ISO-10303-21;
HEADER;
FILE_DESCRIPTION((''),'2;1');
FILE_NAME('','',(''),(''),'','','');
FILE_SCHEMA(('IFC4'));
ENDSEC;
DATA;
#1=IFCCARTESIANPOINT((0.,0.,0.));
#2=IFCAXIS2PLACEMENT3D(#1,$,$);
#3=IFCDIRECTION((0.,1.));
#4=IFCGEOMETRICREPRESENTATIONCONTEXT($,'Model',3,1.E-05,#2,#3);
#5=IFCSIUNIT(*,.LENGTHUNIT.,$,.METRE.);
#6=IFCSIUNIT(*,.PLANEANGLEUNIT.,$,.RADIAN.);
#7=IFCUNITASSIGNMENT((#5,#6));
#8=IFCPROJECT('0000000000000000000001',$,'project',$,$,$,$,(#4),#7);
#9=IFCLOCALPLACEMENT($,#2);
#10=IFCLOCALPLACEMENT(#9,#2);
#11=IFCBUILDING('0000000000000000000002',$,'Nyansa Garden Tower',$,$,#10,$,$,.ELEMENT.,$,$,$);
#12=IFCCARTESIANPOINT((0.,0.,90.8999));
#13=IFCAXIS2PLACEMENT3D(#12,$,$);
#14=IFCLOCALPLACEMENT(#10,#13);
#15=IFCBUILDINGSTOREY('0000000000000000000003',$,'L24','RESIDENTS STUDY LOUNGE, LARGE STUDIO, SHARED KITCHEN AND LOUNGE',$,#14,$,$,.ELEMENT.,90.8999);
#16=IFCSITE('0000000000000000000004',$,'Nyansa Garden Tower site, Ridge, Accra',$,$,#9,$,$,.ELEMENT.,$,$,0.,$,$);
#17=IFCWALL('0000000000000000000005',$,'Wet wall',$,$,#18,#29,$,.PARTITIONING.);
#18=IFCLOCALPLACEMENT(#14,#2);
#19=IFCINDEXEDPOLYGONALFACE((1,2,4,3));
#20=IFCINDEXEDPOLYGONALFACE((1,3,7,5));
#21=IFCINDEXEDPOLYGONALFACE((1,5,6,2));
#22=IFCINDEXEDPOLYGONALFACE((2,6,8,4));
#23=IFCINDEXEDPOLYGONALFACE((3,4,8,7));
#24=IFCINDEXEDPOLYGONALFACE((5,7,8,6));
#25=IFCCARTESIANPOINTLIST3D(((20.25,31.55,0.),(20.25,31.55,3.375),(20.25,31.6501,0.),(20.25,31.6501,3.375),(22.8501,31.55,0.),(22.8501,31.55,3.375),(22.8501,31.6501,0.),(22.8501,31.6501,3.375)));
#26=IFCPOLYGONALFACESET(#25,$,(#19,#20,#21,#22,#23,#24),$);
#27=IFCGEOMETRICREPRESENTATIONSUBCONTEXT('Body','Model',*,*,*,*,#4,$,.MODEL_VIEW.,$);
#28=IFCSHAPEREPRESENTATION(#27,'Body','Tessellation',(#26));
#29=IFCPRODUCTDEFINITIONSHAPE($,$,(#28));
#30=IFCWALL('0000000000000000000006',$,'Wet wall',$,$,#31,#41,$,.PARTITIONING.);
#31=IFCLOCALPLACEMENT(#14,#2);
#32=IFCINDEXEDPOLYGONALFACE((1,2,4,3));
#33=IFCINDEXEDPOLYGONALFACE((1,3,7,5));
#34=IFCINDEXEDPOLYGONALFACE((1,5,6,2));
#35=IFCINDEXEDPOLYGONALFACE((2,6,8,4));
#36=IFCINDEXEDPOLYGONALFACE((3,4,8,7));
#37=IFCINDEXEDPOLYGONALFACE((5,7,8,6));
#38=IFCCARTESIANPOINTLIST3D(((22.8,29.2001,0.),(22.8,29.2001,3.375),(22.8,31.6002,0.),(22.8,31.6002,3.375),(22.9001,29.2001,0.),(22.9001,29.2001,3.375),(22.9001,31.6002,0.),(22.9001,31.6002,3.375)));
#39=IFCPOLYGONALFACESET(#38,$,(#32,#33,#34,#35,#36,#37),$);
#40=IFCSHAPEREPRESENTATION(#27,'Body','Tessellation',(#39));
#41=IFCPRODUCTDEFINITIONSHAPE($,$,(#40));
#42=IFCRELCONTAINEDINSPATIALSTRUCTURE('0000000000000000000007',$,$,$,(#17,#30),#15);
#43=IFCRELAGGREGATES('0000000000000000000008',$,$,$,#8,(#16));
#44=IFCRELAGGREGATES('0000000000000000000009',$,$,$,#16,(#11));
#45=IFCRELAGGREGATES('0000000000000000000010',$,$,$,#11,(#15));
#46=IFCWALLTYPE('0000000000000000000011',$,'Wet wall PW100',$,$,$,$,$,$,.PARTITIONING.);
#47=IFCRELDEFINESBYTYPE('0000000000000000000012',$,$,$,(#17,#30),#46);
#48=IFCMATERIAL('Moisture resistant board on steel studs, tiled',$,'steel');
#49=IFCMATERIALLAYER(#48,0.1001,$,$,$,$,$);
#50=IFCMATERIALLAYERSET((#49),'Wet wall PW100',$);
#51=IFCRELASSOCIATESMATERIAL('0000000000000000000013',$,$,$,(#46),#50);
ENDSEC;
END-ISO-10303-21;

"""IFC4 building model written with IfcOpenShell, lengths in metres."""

from ifc_helpers import new_model, si_unit, direction, frame, frame_2d, origin, place, context, subcontext, project, spatial, rectangle, extrude, material, layer, layer_set, type_object, element, save


model = new_model("IFC4")

# Units and contexts
model_context = context("Model", 3, precision=1e-05, world=origin(), true_north=direction((0.0, 1.0)))
body_context = subcontext(model_context, "Body", "Model", "MODEL_VIEW")
ifc_project = project(units=[si_unit("LENGTHUNIT", "METRE"), si_unit("PLANEANGLEUNIT", "RADIAN")], contexts=[model_context])

# Site, building, storey
site_placement = place(None, origin())
site = spatial("IfcSite", under=ifc_project, at=site_placement, Name="Nyansa Garden Tower site, Ridge, Accra", CompositionType="ELEMENT", RefElevation=0.0)
building_placement = place(site_placement, origin())
building = spatial("IfcBuilding", under=site, at=building_placement, Name="Nyansa Garden Tower", CompositionType="ELEMENT")
storey_placement = place(building_placement, frame((0.0, 0.0, 90.8999)))
storey = spatial("IfcBuildingStorey", under=building, at=storey_placement, Name="L24", Description="RESIDENTS STUDY LOUNGE, LARGE STUDIO, SHARED KITCHEN AND LOUNGE", CompositionType="ELEMENT", Elevation=90.8999)

# Walls
ifc_material_1 = material(Name="Moisture resistant board on steel studs, tiled", Category="steel")
ifc_layer_1 = layer(ifc_material_1, 0.1001)
ifc_layer_set_1 = layer_set([ifc_layer_1], Name="Wet wall PW100")
wall_type_1 = type_object("IfcWallType", Name="Wet wall PW100", PredefinedType="PARTITIONING", material=ifc_layer_set_1)
wall_1_placement = place(storey_placement, frame((20.25, 31.6001, 0.0), z_axis=(0.0, 0.0, 1.0), x_axis=(1.0, 0.0, 0.0)))
element("IfcWall", 1, at=wall_1_placement, inside=storey, type_object=wall_type_1, Name="Wet wall", PredefinedType="PARTITIONING", context=body_context, shape_type="SweptSolid", body=[
    extrude(rectangle(XDim=2.6001, YDim=0.1001, at=frame_2d((1.3, 0.0))), origin(), (0.0, 0.0, 1.0), 3.375),
])
wall_2_placement = place(storey_placement, frame((22.8501, 29.2, 0.0), z_axis=(0.0, 0.0, 1.0), x_axis=(0.0, 1.0, 0.0)))
element("IfcWall", 2, at=wall_2_placement, inside=storey, type_object=wall_type_1, Name="Wet wall", PredefinedType="PARTITIONING", context=body_context, shape_type="SweptSolid", body=[
    extrude(rectangle(XDim=2.4001, YDim=0.1001, at=frame_2d((1.2002, 0.0))), origin(), (0.0, 0.0, 1.0), 3.375),
])

save(model, "model.ifc")
